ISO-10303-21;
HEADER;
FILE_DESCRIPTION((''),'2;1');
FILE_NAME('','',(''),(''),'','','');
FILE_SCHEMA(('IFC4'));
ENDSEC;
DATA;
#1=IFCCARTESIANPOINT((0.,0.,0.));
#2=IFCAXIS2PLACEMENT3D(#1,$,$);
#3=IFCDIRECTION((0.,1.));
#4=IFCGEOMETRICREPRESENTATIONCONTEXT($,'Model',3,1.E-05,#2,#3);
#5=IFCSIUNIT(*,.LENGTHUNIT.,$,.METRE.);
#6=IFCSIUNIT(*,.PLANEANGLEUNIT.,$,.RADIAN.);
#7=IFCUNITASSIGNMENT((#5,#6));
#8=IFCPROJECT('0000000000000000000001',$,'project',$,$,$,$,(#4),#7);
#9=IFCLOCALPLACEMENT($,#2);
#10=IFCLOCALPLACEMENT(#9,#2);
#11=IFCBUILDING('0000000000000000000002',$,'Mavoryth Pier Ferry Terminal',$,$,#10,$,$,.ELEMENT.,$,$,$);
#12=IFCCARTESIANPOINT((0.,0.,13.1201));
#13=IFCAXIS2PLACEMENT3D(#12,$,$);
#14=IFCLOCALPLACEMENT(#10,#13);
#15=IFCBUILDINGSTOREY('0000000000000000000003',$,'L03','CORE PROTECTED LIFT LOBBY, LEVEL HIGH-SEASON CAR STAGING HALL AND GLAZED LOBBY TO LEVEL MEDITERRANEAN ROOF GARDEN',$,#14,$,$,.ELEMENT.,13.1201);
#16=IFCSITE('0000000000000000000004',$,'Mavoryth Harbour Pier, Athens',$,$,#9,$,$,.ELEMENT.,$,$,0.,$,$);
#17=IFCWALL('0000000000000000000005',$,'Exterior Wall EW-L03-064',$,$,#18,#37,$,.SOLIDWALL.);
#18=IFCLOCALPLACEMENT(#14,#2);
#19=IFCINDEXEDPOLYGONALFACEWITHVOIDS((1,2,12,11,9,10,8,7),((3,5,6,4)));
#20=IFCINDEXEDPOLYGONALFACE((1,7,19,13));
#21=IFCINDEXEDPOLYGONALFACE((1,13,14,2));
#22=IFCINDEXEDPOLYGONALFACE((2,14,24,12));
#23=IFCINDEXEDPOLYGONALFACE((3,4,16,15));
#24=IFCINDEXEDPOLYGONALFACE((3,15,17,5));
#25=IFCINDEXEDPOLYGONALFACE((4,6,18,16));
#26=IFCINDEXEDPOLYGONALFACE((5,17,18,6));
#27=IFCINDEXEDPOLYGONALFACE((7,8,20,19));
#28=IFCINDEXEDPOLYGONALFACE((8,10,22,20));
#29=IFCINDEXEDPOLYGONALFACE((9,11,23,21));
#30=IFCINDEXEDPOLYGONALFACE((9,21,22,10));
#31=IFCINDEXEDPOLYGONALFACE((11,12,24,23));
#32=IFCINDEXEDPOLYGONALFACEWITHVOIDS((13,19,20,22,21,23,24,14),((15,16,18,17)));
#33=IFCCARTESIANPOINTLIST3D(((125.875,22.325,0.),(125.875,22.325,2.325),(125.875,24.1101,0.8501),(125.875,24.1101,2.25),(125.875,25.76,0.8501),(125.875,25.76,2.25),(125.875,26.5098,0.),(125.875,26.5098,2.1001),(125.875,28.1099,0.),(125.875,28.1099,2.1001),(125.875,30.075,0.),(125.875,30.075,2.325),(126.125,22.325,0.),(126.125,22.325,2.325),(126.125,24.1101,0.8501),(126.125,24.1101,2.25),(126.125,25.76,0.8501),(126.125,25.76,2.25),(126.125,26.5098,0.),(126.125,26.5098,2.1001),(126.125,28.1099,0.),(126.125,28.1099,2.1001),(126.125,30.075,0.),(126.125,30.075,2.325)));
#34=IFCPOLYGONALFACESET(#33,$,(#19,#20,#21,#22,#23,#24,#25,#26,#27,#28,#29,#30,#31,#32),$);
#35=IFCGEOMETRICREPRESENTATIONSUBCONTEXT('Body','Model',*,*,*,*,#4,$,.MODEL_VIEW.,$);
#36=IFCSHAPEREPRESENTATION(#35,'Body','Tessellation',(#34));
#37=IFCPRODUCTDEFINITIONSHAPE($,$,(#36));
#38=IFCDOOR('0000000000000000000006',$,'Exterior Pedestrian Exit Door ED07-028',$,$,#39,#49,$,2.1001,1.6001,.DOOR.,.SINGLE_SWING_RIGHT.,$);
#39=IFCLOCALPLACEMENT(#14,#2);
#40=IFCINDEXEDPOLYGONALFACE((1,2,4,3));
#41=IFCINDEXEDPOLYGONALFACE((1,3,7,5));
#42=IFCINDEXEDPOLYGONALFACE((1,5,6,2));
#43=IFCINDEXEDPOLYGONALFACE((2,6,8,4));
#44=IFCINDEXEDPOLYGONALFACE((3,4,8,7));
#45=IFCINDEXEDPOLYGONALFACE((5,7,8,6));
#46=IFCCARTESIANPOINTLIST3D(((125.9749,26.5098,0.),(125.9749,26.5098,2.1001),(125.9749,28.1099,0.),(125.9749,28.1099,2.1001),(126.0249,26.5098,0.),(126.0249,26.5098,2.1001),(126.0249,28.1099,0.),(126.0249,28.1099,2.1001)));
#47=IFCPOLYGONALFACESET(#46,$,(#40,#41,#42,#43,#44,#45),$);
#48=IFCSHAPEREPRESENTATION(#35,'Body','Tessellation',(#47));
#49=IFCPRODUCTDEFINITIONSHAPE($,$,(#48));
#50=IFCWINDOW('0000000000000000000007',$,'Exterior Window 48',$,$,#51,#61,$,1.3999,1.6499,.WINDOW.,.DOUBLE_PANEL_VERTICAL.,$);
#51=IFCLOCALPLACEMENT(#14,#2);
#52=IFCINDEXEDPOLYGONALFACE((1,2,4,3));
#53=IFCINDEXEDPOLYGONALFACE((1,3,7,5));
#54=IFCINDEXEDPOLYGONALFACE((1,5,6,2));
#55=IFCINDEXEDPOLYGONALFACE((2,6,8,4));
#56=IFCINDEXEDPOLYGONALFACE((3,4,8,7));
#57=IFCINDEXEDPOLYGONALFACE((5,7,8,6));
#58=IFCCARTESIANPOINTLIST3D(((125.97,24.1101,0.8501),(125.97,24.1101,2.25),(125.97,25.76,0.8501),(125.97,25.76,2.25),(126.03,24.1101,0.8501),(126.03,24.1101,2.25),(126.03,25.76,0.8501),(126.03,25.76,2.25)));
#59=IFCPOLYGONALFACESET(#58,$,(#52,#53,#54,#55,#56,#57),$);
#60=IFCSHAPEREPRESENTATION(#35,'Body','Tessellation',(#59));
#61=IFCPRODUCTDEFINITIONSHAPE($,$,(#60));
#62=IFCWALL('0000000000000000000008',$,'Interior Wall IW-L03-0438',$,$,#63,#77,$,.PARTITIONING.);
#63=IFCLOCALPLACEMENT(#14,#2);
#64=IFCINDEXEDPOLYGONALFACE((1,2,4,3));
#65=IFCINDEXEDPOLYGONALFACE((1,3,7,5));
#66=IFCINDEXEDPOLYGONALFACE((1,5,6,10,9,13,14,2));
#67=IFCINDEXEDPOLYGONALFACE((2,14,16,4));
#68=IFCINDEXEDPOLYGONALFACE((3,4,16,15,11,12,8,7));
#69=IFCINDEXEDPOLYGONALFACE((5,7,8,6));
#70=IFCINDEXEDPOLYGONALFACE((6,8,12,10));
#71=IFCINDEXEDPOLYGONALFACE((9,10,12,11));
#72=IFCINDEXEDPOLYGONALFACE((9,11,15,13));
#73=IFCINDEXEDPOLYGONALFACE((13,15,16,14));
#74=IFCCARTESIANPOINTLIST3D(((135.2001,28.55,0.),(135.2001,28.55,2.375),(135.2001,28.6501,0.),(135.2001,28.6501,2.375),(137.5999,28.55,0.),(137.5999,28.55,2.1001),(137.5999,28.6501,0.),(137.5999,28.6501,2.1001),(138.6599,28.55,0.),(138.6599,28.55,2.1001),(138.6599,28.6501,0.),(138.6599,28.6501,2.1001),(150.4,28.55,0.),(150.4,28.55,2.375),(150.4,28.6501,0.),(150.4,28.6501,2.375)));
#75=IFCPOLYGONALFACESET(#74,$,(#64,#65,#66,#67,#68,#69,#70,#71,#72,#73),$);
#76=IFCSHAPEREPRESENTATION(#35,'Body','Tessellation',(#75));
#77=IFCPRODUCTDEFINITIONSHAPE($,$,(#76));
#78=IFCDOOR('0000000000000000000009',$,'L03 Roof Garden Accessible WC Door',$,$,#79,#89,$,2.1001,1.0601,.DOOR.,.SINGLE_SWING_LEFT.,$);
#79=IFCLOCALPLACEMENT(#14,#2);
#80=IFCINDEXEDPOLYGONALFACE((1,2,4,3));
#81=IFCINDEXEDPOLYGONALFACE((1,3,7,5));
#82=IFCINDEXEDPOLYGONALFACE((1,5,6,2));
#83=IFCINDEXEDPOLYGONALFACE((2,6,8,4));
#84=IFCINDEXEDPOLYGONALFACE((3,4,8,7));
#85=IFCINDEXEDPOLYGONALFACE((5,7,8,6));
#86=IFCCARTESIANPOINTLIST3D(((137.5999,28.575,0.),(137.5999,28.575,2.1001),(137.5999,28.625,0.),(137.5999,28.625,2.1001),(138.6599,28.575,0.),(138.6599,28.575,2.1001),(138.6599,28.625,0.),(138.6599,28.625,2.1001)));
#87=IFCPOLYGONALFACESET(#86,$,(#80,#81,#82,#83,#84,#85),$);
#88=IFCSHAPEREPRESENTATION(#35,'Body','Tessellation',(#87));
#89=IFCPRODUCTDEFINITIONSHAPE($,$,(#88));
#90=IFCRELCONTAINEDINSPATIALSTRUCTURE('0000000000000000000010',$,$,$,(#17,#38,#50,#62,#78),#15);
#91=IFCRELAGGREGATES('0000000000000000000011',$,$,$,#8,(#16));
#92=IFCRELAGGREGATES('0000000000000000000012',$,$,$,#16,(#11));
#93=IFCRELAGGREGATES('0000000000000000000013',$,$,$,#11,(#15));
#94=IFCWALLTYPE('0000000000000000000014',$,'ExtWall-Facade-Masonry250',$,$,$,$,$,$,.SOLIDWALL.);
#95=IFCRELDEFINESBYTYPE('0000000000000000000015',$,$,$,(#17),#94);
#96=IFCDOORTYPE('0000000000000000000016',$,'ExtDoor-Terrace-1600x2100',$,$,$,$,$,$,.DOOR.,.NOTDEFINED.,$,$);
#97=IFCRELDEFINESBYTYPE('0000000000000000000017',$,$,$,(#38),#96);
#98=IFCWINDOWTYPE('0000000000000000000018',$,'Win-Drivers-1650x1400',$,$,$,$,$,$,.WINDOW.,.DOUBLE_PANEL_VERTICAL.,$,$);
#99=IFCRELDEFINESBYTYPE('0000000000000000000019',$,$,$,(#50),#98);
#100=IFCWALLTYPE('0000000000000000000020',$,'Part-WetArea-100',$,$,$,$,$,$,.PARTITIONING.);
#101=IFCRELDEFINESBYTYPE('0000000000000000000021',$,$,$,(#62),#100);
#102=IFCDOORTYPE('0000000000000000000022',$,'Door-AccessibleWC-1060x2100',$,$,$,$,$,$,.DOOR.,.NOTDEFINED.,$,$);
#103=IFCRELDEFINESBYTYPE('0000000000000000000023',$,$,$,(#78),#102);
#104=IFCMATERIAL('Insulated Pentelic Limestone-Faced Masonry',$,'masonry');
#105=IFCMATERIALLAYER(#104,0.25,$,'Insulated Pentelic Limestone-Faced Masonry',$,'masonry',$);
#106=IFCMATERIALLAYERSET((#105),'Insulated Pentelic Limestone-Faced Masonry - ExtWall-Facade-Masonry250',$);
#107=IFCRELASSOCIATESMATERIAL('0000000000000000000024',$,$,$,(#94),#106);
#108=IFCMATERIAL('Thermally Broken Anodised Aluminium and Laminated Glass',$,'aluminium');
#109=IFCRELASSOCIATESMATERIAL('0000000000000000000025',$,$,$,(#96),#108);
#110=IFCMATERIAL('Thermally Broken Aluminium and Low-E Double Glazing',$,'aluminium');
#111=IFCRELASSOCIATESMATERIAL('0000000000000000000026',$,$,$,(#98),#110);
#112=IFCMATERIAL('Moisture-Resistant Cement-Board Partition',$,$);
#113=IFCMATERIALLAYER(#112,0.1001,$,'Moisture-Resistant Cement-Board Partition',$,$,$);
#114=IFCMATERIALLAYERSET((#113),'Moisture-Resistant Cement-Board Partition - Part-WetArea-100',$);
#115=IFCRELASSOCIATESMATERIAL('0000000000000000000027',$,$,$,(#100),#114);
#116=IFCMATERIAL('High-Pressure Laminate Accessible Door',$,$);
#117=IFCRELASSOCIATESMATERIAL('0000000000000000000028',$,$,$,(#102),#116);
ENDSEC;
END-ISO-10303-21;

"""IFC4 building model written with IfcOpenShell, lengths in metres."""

from ifc_helpers import new_model, si_unit, direction, frame, frame_2d, origin, place, context, subcontext, project, spatial, rectangle, extrude, material, layer, layer_set, type_object, element, fill, save


model = new_model("IFC4")

# Units and contexts
model_context = context("Model", 3, precision=1e-05, world=origin(), true_north=direction((0.0, 1.0)))
body_context = subcontext(model_context, "Body", "Model", "MODEL_VIEW")
ifc_project = project(units=[si_unit("LENGTHUNIT", "METRE"), si_unit("PLANEANGLEUNIT", "RADIAN")], contexts=[model_context])

# Site, building, storey
site_placement = place(None, origin())
site = spatial("IfcSite", under=ifc_project, at=site_placement, Name="Mavoryth Harbour Pier, Athens", CompositionType="ELEMENT", RefElevation=0.0)
building_placement = place(site_placement, origin())
building = spatial("IfcBuilding", under=site, at=building_placement, Name="Mavoryth Pier Ferry Terminal", CompositionType="ELEMENT")
storey_placement = place(building_placement, frame((0.0, 0.0, 13.1201)))
storey = spatial("IfcBuildingStorey", under=building, at=storey_placement, Name="L03", Description="CORE PROTECTED LIFT LOBBY, LEVEL HIGH-SEASON CAR STAGING HALL AND GLAZED LOBBY TO LEVEL MEDITERRANEAN ROOF GARDEN", CompositionType="ELEMENT", Elevation=13.1201)

# Wall, openings, door, window
ifc_material_1 = material(Name="Insulated Pentelic Limestone-Faced Masonry", Category="masonry")
ifc_layer_1 = layer(ifc_material_1, 0.25, Name="Insulated Pentelic Limestone-Faced Masonry", Category="masonry")
ifc_layer_set_1 = layer_set([ifc_layer_1], Name="Insulated Pentelic Limestone-Faced Masonry - ExtWall-Facade-Masonry250")
wall_type_1 = type_object("IfcWallType", Name="ExtWall-Facade-Masonry250", PredefinedType="SOLIDWALL", material=ifc_layer_set_1)
wall_1_placement = place(storey_placement, frame((126.0, 30.075, 0.0), z_axis=(0.0, 0.0, 1.0), x_axis=(0.0, -1.0, 0.0)))
wall_1 = element("IfcWall", 1, at=wall_1_placement, inside=storey, type_object=wall_type_1, Name="Exterior Wall EW-L03-064", PredefinedType="SOLIDWALL", context=body_context, shape_type="SweptSolid", body=[
    extrude(rectangle(XDim=7.75, YDim=0.25, at=frame_2d((3.875, 0.0))), origin(), (0.0, 0.0, 1.0), 2.325),
])
opening_1_placement = place(wall_1_placement, frame((1.9651, 0.0, 0.0)))
opening_1 = element("IfcOpeningElement", 2, at=opening_1_placement, cuts=wall_1, PredefinedType="OPENING", context=body_context, shape_type="SweptSolid", body=[
    extrude(rectangle(XDim=1.6001, YDim=2.1001, at=frame_2d((0.8, 1.05))), frame((0.0, 0.135, 0.0), z_axis=(0.0, -1.0, 0.0), x_axis=(1.0, 0.0, 0.0)), (0.0, 0.0, 1.0), 0.27),
])
opening_2_placement = place(wall_1_placement, frame((4.3149, 0.0, 0.8501)))
opening_2 = element("IfcOpeningElement", 3, at=opening_2_placement, cuts=wall_1, PredefinedType="OPENING", context=body_context, shape_type="SweptSolid", body=[
    extrude(rectangle(XDim=1.6499, YDim=1.3999, at=frame_2d((0.825, 0.7))), frame((0.0, 0.135, 0.0), z_axis=(0.0, -1.0, 0.0), x_axis=(1.0, 0.0, 0.0)), (0.0, 0.0, 1.0), 0.27),
])
ifc_material_2 = material(Name="Thermally Broken Anodised Aluminium and Laminated Glass", Category="aluminium")
door_type_1 = type_object("IfcDoorType", Name="ExtDoor-Terrace-1600x2100", OperationType="NOTDEFINED", PredefinedType="DOOR", material=ifc_material_2)
door_1_placement = place(opening_1_placement, origin())
door_1 = element("IfcDoor", 4, at=door_1_placement, inside=storey, type_object=door_type_1, Name="Exterior Pedestrian Exit Door ED07-028", OperationType="SINGLE_SWING_RIGHT", OverallHeight=2.1001, OverallWidth=1.6001, PredefinedType="DOOR", context=body_context, shape_type="SweptSolid", body=[
    extrude(rectangle(XDim=1.6001, YDim=2.1001, at=frame_2d((0.8, 1.05))), frame((0.0, 0.0249, 0.0), z_axis=(0.0, -1.0, 0.0), x_axis=(1.0, 0.0, 0.0)), (0.0, 0.0, 1.0), 0.05),
])
fill(opening_1, door_1)
ifc_material_3 = material(Name="Thermally Broken Aluminium and Low-E Double Glazing", Category="aluminium")
window_type = type_object("IfcWindowType", Name="Win-Drivers-1650x1400", PartitioningType="DOUBLE_PANEL_VERTICAL", PredefinedType="WINDOW", material=ifc_material_3)
window_placement = place(opening_2_placement, origin())
window = element("IfcWindow", 5, at=window_placement, inside=storey, type_object=window_type, Name="Exterior Window 48", OverallHeight=1.3999, OverallWidth=1.6499, PartitioningType="DOUBLE_PANEL_VERTICAL", PredefinedType="WINDOW", context=body_context, shape_type="SweptSolid", body=[
    extrude(rectangle(XDim=1.6499, YDim=1.3999, at=frame_2d((0.825, 0.7))), frame((0.0, 0.03, 0.0), z_axis=(0.0, -1.0, 0.0), x_axis=(1.0, 0.0, 0.0)), (0.0, 0.0, 1.0), 0.0601),
])
fill(opening_2, window)

# Wall, opening, door
ifc_material_4 = material(Name="Moisture-Resistant Cement-Board Partition")
ifc_layer_2 = layer(ifc_material_4, 0.1001, Name="Moisture-Resistant Cement-Board Partition")
ifc_layer_set_2 = layer_set([ifc_layer_2], Name="Moisture-Resistant Cement-Board Partition - Part-WetArea-100")
wall_type_2 = type_object("IfcWallType", Name="Part-WetArea-100", PredefinedType="PARTITIONING", material=ifc_layer_set_2)
wall_2_placement = place(storey_placement, frame((135.2, 28.6001, 0.0), z_axis=(0.0, 0.0, 1.0), x_axis=(1.0, 0.0, 0.0)))
wall_2 = element("IfcWall", 6, at=wall_2_placement, inside=storey, type_object=wall_type_2, Name="Interior Wall IW-L03-0438", PredefinedType="PARTITIONING", context=body_context, shape_type="SweptSolid", body=[
    extrude(rectangle(XDim=15.2, YDim=0.1001, at=frame_2d((7.6001, 0.0))), origin(), (0.0, 0.0, 1.0), 2.375),
])
opening_3_placement = place(wall_2_placement, frame((2.3999, 0.0, 0.0)))
opening_3 = element("IfcOpeningElement", 7, at=opening_3_placement, cuts=wall_2, PredefinedType="OPENING", context=body_context, shape_type="SweptSolid", body=[
    extrude(rectangle(XDim=1.0601, YDim=2.1001, at=frame_2d((0.53, 1.05))), frame((0.0, 0.0601, 0.0), z_axis=(0.0, -1.0, 0.0), x_axis=(1.0, 0.0, 0.0)), (0.0, 0.0, 1.0), 0.1201),
])
ifc_material_5 = material(Name="High-Pressure Laminate Accessible Door")
door_type_2 = type_object("IfcDoorType", Name="Door-AccessibleWC-1060x2100", OperationType="NOTDEFINED", PredefinedType="DOOR", material=ifc_material_5)
door_2_placement = place(opening_3_placement, origin())
door_2 = element("IfcDoor", 8, at=door_2_placement, inside=storey, type_object=door_type_2, Name="L03 Roof Garden Accessible WC Door", OperationType="SINGLE_SWING_LEFT", OverallHeight=2.1001, OverallWidth=1.0601, PredefinedType="DOOR", context=body_context, shape_type="SweptSolid", body=[
    extrude(rectangle(XDim=1.0601, YDim=2.1001, at=frame_2d((0.53, 1.05))), frame((0.0, 0.0249, 0.0), z_axis=(0.0, -1.0, 0.0), x_axis=(1.0, 0.0, 0.0)), (0.0, 0.0, 1.0), 0.05),
])
fill(opening_3, door_2)

save(model, "model.ifc")
